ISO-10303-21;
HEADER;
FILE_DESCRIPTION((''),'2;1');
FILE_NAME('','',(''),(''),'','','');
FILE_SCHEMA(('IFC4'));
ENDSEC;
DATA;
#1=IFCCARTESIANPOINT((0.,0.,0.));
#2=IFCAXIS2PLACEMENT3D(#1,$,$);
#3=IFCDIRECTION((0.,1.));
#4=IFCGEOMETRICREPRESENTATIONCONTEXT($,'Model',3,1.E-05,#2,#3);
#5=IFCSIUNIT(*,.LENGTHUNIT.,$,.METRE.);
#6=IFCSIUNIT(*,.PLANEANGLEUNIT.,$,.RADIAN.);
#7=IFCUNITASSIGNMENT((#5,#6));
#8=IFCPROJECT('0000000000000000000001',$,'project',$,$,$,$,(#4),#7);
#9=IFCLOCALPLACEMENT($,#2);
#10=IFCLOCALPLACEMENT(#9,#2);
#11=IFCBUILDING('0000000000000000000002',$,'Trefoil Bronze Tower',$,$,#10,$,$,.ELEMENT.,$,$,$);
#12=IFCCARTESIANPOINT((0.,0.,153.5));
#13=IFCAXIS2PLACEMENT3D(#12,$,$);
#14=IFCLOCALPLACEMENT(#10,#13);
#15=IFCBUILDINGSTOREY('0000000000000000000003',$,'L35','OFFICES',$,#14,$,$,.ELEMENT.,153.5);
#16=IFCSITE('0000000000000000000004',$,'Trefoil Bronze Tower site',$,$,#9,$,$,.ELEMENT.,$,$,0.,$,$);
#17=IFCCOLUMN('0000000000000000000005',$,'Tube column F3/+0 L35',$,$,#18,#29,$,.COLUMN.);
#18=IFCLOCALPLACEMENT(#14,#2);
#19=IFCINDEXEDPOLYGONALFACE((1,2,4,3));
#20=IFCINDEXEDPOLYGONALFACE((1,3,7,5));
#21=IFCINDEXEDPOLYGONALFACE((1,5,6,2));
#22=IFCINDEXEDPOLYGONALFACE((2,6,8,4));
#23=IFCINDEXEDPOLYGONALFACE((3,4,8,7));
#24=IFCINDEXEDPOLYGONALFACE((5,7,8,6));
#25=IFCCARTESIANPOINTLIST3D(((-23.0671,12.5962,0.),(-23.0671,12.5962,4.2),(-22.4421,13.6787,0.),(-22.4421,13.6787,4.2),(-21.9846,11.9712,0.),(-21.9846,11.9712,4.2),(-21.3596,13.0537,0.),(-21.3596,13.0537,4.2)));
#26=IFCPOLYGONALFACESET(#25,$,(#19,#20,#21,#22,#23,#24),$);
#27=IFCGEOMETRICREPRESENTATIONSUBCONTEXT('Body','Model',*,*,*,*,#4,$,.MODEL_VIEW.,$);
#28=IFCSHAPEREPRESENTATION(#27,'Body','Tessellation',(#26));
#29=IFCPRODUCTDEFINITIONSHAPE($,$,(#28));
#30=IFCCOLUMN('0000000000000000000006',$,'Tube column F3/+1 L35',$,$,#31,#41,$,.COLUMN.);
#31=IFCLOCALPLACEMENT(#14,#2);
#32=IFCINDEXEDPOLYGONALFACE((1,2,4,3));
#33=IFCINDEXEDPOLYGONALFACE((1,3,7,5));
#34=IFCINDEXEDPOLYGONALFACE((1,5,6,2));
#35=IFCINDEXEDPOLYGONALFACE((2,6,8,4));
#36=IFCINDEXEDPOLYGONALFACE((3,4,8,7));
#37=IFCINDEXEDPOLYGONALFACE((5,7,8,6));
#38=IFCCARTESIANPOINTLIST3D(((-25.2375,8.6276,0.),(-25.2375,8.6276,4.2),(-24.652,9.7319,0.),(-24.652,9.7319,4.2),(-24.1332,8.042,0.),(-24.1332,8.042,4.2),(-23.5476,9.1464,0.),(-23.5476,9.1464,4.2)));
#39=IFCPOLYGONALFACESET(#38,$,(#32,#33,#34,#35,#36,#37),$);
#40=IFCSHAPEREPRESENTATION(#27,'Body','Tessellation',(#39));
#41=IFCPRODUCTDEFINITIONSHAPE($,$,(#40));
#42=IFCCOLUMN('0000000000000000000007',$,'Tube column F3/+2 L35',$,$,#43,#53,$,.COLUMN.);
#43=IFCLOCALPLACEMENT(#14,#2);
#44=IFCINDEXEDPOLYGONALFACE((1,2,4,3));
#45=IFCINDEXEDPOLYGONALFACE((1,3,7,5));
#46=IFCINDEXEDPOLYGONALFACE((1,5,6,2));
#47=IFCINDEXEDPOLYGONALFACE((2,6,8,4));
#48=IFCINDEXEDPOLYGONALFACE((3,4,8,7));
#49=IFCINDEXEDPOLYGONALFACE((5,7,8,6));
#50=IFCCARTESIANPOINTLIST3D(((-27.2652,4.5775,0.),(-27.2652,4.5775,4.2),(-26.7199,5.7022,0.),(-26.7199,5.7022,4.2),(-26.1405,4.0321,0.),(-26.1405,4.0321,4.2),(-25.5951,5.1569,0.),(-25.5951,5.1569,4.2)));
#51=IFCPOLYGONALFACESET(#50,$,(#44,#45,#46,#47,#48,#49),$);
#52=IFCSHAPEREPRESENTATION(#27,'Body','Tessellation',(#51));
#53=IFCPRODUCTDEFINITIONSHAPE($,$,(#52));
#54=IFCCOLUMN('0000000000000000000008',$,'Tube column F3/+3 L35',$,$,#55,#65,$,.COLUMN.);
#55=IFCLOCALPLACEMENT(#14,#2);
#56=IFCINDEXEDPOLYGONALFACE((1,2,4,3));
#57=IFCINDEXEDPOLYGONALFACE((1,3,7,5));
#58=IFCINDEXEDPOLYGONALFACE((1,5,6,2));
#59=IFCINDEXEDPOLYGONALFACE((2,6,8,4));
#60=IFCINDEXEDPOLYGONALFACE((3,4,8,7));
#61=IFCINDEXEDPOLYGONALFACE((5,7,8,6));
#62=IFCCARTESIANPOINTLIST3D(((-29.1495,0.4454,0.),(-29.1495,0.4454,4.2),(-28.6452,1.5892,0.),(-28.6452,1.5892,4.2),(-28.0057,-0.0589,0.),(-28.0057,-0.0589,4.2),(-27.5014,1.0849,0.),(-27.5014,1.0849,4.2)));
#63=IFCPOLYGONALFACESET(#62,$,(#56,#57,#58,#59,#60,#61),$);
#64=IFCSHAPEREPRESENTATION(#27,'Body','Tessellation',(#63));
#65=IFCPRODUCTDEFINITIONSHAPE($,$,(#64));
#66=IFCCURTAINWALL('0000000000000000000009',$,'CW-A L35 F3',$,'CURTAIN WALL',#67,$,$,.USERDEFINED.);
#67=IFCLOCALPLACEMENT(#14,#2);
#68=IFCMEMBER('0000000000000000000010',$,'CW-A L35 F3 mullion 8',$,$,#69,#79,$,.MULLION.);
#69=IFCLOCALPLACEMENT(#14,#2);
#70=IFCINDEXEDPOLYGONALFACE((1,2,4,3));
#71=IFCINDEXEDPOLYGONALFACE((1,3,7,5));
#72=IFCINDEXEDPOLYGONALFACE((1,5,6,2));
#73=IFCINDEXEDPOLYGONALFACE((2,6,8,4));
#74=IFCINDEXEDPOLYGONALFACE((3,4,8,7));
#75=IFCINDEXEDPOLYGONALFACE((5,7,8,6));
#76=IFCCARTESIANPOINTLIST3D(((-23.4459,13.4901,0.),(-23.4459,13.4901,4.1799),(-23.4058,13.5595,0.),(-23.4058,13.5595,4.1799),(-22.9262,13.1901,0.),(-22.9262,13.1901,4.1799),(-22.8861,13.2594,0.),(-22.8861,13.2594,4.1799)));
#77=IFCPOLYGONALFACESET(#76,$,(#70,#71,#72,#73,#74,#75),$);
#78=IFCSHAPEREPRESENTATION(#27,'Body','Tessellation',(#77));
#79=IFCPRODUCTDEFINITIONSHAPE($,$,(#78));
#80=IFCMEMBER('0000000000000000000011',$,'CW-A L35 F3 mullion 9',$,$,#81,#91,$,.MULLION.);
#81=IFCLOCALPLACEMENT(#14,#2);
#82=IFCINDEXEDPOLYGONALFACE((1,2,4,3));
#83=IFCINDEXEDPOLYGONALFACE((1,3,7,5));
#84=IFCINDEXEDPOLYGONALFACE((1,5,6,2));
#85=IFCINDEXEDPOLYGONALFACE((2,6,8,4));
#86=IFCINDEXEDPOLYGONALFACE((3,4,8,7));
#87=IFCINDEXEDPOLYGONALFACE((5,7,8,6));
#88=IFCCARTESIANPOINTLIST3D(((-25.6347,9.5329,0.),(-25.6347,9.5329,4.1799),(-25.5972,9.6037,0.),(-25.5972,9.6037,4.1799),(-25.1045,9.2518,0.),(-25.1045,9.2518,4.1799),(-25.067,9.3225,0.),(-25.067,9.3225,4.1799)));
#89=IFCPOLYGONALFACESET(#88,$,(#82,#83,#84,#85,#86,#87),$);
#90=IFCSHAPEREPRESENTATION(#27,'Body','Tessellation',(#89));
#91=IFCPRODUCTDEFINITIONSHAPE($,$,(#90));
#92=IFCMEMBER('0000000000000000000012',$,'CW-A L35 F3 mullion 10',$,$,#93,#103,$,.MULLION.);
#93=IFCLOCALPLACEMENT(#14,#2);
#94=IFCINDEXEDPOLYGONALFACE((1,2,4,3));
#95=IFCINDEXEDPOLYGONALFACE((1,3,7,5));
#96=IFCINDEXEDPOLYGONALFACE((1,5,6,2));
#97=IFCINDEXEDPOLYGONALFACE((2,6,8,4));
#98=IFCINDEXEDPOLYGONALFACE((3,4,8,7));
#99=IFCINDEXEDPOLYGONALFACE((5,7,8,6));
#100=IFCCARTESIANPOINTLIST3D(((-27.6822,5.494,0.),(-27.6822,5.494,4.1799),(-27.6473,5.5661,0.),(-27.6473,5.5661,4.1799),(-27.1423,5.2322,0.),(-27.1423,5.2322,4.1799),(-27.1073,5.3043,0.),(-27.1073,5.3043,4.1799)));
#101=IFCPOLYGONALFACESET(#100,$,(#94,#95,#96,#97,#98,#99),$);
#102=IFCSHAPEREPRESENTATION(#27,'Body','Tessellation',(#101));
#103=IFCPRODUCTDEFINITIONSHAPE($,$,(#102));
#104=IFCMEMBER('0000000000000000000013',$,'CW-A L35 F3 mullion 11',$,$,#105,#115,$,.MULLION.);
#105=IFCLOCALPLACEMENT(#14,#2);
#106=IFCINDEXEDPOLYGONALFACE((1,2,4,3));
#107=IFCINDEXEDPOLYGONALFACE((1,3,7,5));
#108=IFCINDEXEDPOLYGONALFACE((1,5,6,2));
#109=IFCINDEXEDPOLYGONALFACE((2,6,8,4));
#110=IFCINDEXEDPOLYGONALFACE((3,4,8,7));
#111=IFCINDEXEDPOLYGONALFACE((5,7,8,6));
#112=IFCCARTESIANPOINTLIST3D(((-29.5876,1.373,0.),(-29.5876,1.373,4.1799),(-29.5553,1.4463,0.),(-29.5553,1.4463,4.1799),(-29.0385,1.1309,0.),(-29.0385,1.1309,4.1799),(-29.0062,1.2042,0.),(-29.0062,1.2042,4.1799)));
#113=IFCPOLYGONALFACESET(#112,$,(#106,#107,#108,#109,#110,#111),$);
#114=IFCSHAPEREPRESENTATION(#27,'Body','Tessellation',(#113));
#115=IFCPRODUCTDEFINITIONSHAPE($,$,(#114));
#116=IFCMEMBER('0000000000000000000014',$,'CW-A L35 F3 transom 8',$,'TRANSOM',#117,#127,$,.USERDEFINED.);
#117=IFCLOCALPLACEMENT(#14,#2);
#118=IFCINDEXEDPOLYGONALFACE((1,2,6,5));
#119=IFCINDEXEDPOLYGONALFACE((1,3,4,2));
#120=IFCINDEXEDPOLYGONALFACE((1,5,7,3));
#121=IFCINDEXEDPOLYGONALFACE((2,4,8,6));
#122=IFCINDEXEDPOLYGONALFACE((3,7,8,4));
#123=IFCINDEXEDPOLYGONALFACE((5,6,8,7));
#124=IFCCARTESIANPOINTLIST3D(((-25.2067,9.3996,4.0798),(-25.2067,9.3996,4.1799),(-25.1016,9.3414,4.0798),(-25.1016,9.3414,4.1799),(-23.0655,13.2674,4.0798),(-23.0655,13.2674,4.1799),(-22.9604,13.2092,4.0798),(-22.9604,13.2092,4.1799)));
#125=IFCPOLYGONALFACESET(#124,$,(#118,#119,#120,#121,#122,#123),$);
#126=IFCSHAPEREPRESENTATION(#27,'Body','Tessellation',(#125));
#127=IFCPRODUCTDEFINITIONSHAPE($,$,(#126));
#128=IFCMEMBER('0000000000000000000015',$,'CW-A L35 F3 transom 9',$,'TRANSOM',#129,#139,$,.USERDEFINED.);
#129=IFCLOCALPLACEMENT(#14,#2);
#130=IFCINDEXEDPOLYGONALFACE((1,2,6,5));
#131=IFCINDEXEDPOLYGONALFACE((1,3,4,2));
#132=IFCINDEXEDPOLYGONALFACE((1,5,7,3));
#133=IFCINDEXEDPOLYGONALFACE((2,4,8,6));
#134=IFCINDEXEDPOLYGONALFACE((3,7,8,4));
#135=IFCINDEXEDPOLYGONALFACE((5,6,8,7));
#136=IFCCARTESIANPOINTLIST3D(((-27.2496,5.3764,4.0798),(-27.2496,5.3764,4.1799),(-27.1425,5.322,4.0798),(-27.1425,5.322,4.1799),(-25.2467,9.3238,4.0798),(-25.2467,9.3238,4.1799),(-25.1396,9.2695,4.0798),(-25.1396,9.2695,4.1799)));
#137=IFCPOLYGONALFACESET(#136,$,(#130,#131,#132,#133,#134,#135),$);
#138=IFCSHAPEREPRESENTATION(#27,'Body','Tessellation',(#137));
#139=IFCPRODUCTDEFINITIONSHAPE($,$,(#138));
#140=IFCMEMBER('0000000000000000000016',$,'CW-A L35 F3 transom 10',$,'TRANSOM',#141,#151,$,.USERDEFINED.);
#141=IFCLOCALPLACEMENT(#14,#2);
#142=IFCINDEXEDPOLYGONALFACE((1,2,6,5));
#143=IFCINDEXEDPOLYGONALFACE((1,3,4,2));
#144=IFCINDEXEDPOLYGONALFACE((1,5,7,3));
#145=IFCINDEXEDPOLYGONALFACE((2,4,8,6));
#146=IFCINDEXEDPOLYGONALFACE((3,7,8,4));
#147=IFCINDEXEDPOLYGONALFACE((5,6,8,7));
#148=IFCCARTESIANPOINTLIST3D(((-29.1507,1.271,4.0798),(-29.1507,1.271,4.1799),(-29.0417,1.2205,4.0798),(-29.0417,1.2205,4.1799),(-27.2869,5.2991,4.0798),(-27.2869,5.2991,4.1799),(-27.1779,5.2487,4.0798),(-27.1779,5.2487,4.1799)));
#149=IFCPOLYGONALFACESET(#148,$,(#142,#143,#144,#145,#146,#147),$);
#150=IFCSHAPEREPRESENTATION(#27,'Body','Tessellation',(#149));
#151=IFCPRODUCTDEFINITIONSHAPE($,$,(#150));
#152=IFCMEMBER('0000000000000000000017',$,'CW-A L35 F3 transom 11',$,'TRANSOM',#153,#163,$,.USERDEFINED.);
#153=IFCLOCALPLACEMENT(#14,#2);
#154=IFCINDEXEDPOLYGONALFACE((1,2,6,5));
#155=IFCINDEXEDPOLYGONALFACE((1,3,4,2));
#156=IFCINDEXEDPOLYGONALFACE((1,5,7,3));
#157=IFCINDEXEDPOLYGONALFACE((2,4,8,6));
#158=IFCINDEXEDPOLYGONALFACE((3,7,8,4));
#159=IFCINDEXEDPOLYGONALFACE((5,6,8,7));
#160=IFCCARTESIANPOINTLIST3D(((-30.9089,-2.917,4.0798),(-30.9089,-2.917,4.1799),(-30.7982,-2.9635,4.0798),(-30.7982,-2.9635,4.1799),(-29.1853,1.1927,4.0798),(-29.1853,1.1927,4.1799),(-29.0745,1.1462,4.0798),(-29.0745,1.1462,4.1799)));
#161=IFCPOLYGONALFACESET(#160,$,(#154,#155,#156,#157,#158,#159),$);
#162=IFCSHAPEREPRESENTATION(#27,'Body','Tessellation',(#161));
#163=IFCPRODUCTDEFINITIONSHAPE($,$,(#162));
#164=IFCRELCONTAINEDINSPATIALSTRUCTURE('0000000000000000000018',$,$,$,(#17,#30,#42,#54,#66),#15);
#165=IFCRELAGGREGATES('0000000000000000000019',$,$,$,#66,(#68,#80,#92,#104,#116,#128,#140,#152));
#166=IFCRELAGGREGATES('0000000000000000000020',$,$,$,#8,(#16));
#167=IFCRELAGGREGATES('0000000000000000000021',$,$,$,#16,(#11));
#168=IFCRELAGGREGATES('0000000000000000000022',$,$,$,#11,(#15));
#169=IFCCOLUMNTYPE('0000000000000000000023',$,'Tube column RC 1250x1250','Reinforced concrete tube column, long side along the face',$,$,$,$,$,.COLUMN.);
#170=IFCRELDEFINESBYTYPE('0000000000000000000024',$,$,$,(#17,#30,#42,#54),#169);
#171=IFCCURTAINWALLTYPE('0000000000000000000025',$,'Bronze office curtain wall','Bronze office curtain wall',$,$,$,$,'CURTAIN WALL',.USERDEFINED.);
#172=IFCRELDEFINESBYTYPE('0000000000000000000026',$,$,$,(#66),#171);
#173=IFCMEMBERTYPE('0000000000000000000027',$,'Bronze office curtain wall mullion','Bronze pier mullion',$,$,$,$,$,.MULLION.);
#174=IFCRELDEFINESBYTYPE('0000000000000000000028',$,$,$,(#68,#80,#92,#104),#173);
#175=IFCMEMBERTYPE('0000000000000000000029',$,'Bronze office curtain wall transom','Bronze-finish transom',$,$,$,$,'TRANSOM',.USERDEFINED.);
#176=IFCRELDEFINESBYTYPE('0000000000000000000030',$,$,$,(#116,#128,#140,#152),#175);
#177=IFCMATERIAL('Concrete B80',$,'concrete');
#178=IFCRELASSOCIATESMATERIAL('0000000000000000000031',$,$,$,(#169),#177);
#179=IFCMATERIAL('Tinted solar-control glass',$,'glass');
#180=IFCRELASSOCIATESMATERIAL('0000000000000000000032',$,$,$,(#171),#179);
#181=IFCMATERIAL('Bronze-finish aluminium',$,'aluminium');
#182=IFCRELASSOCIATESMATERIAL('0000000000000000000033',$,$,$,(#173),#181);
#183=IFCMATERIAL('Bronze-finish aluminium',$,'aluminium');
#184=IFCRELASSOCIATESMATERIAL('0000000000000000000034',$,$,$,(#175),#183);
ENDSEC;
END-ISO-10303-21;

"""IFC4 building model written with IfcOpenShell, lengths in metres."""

from ifc_helpers import new_model, si_unit, direction, frame, origin, origin_2d, place, context, subcontext, project, spatial, rectangle, extrude, material, material_profile, profile_set, type_object, element, aggregate, save


model = new_model("IFC4")

# Units and contexts
model_context = context("Model", 3, precision=1e-05, world=origin(), true_north=direction((0.0, 1.0)))
body_context = subcontext(model_context, "Body", "Model", "MODEL_VIEW")
ifc_project = project(units=[si_unit("LENGTHUNIT", "METRE"), si_unit("PLANEANGLEUNIT", "RADIAN")], contexts=[model_context])

# Site, building, storey
site_placement = place(None, origin())
site = spatial("IfcSite", under=ifc_project, at=site_placement, Name="Trefoil Bronze Tower site", CompositionType="ELEMENT", RefElevation=0.0)
building_placement = place(site_placement, origin())
building = spatial("IfcBuilding", under=site, at=building_placement, Name="Trefoil Bronze Tower", CompositionType="ELEMENT")
storey_placement = place(building_placement, frame((0.0, 0.0, 153.5)))
storey = spatial("IfcBuildingStorey", under=building, at=storey_placement, Name="L35", Description="OFFICES", CompositionType="ELEMENT", Elevation=153.5)

# Columns
ifc_material_1 = material(Name="Concrete B80", Category="concrete")
ifc_material_profile_1 = material_profile(ifc_material_1, rectangle(XDim=1.25, YDim=1.25, at=origin_2d()), Name="RC 1250x1250")
ifc_profile_set_1 = profile_set([ifc_material_profile_1], Name="Concrete B80")
column_type = type_object("IfcColumnType", Name="Tube column RC 1250x1250", Description="Reinforced concrete tube column, long side along the face", PredefinedType="COLUMN", material=ifc_profile_set_1)
for number, where, z_axis, x_axis, name in (
    (1, (-22.2134, 12.825, 0.0), (0.0, 0.0, 1.0), (-0.5, -0.866025, 0.0), "Tube column F3/+0 L35"),
    (2, (-24.3926, 8.887, 0.0), (0.0, 0.0, 1.0), (-0.468457, -0.883486, 0.0), "Tube column F3/+1 L35"),
    (3, (-26.4302, 4.8672, 0.0), (0.0, 0.0, 1.0), (-0.436262, -0.89982, 0.0), "Tube column F3/+2 L35"),
    (4, (-28.3254, 0.7651, 0.0), (0.0, 0.0, 1.0), (-0.403412, -0.915018, 0.0), "Tube column F3/+3 L35"),
):
    element("IfcColumn", number, at=place(storey_placement, frame(where, z_axis=z_axis, x_axis=x_axis)), inside=storey, type_object=column_type, Name=name, PredefinedType="COLUMN", context=body_context, shape_type="SweptSolid", body=[
        extrude(rectangle(XDim=1.25, YDim=1.25, at=origin_2d()), origin(), (0.0, 0.0, 1.0), 4.2),
    ])

# Curtain wall, members
ifc_material_2 = material(Name="Tinted solar-control glass", Category="glass")
curtain_wall_type = type_object("IfcCurtainWallType", Name="Bronze office curtain wall", Description="Bronze office curtain wall", ElementType="CURTAIN WALL", PredefinedType="USERDEFINED", material=ifc_material_2)
curtain_wall_placement = place(storey_placement, origin())
curtain_wall = element("IfcCurtainWall", 5, at=curtain_wall_placement, inside=storey, type_object=curtain_wall_type, Name="CW-A L35 F3", ObjectType="CURTAIN WALL", PredefinedType="USERDEFINED")
ifc_material_3 = material(Name="Bronze-finish aluminium", Category="aluminium")
ifc_material_profile_2 = material_profile(ifc_material_3, rectangle(XDim=0.6001, YDim=0.0801, at=origin_2d()), Name="CW-A mullion")
ifc_profile_set_2 = profile_set([ifc_material_profile_2], Name="Bronze-finish aluminium")
member_type_1 = type_object("IfcMemberType", Name="Bronze office curtain wall mullion", Description="Bronze pier mullion", PredefinedType="MULLION", material=ifc_profile_set_2)
member_1_placement = place(storey_placement, frame((-23.166, 13.3748, 0.0), z_axis=(0.0, 0.0, 1.0), x_axis=(0.866025, -0.5, 0.0)))
member_1 = element("IfcMember", 6, at=member_1_placement, type_object=member_type_1, Name="CW-A L35 F3 mullion 8", PredefinedType="MULLION", context=body_context, shape_type="SweptSolid", body=[
    extrude(rectangle(XDim=0.6001, YDim=0.0801, at=origin_2d()), origin(), (0.0, 0.0, 1.0), 4.1799),
])
member_2_placement = place(storey_placement, frame((-25.3508, 9.4277, 0.0), z_axis=(0.0, 0.0, 1.0), x_axis=(0.883486, -0.468457, 0.0)))
member_2 = element("IfcMember", 7, at=member_2_placement, type_object=member_type_1, Name="CW-A L35 F3 mullion 9", PredefinedType="MULLION", context=body_context, shape_type="SweptSolid", body=[
    extrude(rectangle(XDim=0.6001, YDim=0.0801, at=origin_2d()), origin(), (0.0, 0.0, 1.0), 4.1799),
])
member_3_placement = place(storey_placement, frame((-27.3948, 5.3992, 0.0), z_axis=(0.0, 0.0, 1.0), x_axis=(0.89982, -0.436262, 0.0)))
member_3 = element("IfcMember", 8, at=member_3_placement, type_object=member_type_1, Name="CW-A L35 F3 mullion 10", PredefinedType="MULLION", context=body_context, shape_type="SweptSolid", body=[
    extrude(rectangle(XDim=0.6001, YDim=0.0801, at=origin_2d()), origin(), (0.0, 0.0, 1.0), 4.1799),
])
member_4_placement = place(storey_placement, frame((-29.2969, 1.2886, 0.0), z_axis=(0.0, 0.0, 1.0), x_axis=(0.915018, -0.403412, 0.0)))
member_4 = element("IfcMember", 9, at=member_4_placement, type_object=member_type_1, Name="CW-A L35 F3 mullion 11", PredefinedType="MULLION", context=body_context, shape_type="SweptSolid", body=[
    extrude(rectangle(XDim=0.6001, YDim=0.0801, at=origin_2d()), origin(), (0.0, 0.0, 1.0), 4.1799),
])
ifc_material_4 = material(Name="Bronze-finish aluminium", Category="aluminium")
ifc_material_profile_3 = material_profile(ifc_material_4, rectangle(XDim=0.1201, YDim=0.1001, at=origin_2d()), Name="CW-A transom")
ifc_profile_set_3 = profile_set([ifc_material_profile_3], Name="Bronze-finish aluminium")
member_type_2 = type_object("IfcMemberType", Name="Bronze office curtain wall transom", Description="Bronze-finish transom", ElementType="TRANSOM", PredefinedType="USERDEFINED", material=ifc_profile_set_3)
member_5_placement = place(storey_placement, frame((-23.0129, 13.2383, 4.1299), z_axis=(-0.484329, -0.874886, 0.0), x_axis=(0.874886, -0.484329, 0.0)))
member_5 = element("IfcMember", 10, at=member_5_placement, type_object=member_type_2, Name="CW-A L35 F3 transom 8", ObjectType="TRANSOM", PredefinedType="USERDEFINED", context=body_context, shape_type="SweptSolid", body=[
    extrude(rectangle(XDim=0.1201, YDim=0.1001, at=origin_2d()), origin(), (0.0, 0.0, 1.0), 4.4209),
])
member_6_placement = place(storey_placement, frame((-25.1931, 9.2966, 4.1299), z_axis=(-0.452478, -0.891775, 0.0), x_axis=(0.891775, -0.452478, 0.0)))
member_6 = element("IfcMember", 11, at=member_6_placement, type_object=member_type_2, Name="CW-A L35 F3 transom 9", ObjectType="TRANSOM", PredefinedType="USERDEFINED", context=body_context, shape_type="SweptSolid", body=[
    extrude(rectangle(XDim=0.1201, YDim=0.1001, at=origin_2d()), origin(), (0.0, 0.0, 1.0), 4.4265),
])
member_7_placement = place(storey_placement, frame((-27.2324, 5.2739, 4.1299), z_axis=(-0.419923, -0.90756, 0.0), x_axis=(0.90756, -0.419923, 0.0)))
member_7 = element("IfcMember", 12, at=member_7_placement, type_object=member_type_2, Name="CW-A L35 F3 transom 10", ObjectType="TRANSOM", PredefinedType="USERDEFINED", context=body_context, shape_type="SweptSolid", body=[
    extrude(rectangle(XDim=0.1201, YDim=0.1001, at=origin_2d()), origin(), (0.0, 0.0, 1.0), 4.4385),
])
member_8_placement = place(storey_placement, frame((-29.1299, 1.1694, 4.1299), z_axis=(-0.386773, -0.922175, 0.0), x_axis=(0.922175, -0.386773, 0.0)))
member_8 = element("IfcMember", 13, at=member_8_placement, type_object=member_type_2, Name="CW-A L35 F3 transom 11", ObjectType="TRANSOM", PredefinedType="USERDEFINED", context=body_context, shape_type="SweptSolid", body=[
    extrude(rectangle(XDim=0.1201, YDim=0.1001, at=origin_2d()), origin(), (0.0, 0.0, 1.0), 4.4565),
])

aggregate(curtain_wall, [member_1, member_2, member_3, member_4, member_5, member_6, member_7, member_8])

save(model, "model.ifc")
